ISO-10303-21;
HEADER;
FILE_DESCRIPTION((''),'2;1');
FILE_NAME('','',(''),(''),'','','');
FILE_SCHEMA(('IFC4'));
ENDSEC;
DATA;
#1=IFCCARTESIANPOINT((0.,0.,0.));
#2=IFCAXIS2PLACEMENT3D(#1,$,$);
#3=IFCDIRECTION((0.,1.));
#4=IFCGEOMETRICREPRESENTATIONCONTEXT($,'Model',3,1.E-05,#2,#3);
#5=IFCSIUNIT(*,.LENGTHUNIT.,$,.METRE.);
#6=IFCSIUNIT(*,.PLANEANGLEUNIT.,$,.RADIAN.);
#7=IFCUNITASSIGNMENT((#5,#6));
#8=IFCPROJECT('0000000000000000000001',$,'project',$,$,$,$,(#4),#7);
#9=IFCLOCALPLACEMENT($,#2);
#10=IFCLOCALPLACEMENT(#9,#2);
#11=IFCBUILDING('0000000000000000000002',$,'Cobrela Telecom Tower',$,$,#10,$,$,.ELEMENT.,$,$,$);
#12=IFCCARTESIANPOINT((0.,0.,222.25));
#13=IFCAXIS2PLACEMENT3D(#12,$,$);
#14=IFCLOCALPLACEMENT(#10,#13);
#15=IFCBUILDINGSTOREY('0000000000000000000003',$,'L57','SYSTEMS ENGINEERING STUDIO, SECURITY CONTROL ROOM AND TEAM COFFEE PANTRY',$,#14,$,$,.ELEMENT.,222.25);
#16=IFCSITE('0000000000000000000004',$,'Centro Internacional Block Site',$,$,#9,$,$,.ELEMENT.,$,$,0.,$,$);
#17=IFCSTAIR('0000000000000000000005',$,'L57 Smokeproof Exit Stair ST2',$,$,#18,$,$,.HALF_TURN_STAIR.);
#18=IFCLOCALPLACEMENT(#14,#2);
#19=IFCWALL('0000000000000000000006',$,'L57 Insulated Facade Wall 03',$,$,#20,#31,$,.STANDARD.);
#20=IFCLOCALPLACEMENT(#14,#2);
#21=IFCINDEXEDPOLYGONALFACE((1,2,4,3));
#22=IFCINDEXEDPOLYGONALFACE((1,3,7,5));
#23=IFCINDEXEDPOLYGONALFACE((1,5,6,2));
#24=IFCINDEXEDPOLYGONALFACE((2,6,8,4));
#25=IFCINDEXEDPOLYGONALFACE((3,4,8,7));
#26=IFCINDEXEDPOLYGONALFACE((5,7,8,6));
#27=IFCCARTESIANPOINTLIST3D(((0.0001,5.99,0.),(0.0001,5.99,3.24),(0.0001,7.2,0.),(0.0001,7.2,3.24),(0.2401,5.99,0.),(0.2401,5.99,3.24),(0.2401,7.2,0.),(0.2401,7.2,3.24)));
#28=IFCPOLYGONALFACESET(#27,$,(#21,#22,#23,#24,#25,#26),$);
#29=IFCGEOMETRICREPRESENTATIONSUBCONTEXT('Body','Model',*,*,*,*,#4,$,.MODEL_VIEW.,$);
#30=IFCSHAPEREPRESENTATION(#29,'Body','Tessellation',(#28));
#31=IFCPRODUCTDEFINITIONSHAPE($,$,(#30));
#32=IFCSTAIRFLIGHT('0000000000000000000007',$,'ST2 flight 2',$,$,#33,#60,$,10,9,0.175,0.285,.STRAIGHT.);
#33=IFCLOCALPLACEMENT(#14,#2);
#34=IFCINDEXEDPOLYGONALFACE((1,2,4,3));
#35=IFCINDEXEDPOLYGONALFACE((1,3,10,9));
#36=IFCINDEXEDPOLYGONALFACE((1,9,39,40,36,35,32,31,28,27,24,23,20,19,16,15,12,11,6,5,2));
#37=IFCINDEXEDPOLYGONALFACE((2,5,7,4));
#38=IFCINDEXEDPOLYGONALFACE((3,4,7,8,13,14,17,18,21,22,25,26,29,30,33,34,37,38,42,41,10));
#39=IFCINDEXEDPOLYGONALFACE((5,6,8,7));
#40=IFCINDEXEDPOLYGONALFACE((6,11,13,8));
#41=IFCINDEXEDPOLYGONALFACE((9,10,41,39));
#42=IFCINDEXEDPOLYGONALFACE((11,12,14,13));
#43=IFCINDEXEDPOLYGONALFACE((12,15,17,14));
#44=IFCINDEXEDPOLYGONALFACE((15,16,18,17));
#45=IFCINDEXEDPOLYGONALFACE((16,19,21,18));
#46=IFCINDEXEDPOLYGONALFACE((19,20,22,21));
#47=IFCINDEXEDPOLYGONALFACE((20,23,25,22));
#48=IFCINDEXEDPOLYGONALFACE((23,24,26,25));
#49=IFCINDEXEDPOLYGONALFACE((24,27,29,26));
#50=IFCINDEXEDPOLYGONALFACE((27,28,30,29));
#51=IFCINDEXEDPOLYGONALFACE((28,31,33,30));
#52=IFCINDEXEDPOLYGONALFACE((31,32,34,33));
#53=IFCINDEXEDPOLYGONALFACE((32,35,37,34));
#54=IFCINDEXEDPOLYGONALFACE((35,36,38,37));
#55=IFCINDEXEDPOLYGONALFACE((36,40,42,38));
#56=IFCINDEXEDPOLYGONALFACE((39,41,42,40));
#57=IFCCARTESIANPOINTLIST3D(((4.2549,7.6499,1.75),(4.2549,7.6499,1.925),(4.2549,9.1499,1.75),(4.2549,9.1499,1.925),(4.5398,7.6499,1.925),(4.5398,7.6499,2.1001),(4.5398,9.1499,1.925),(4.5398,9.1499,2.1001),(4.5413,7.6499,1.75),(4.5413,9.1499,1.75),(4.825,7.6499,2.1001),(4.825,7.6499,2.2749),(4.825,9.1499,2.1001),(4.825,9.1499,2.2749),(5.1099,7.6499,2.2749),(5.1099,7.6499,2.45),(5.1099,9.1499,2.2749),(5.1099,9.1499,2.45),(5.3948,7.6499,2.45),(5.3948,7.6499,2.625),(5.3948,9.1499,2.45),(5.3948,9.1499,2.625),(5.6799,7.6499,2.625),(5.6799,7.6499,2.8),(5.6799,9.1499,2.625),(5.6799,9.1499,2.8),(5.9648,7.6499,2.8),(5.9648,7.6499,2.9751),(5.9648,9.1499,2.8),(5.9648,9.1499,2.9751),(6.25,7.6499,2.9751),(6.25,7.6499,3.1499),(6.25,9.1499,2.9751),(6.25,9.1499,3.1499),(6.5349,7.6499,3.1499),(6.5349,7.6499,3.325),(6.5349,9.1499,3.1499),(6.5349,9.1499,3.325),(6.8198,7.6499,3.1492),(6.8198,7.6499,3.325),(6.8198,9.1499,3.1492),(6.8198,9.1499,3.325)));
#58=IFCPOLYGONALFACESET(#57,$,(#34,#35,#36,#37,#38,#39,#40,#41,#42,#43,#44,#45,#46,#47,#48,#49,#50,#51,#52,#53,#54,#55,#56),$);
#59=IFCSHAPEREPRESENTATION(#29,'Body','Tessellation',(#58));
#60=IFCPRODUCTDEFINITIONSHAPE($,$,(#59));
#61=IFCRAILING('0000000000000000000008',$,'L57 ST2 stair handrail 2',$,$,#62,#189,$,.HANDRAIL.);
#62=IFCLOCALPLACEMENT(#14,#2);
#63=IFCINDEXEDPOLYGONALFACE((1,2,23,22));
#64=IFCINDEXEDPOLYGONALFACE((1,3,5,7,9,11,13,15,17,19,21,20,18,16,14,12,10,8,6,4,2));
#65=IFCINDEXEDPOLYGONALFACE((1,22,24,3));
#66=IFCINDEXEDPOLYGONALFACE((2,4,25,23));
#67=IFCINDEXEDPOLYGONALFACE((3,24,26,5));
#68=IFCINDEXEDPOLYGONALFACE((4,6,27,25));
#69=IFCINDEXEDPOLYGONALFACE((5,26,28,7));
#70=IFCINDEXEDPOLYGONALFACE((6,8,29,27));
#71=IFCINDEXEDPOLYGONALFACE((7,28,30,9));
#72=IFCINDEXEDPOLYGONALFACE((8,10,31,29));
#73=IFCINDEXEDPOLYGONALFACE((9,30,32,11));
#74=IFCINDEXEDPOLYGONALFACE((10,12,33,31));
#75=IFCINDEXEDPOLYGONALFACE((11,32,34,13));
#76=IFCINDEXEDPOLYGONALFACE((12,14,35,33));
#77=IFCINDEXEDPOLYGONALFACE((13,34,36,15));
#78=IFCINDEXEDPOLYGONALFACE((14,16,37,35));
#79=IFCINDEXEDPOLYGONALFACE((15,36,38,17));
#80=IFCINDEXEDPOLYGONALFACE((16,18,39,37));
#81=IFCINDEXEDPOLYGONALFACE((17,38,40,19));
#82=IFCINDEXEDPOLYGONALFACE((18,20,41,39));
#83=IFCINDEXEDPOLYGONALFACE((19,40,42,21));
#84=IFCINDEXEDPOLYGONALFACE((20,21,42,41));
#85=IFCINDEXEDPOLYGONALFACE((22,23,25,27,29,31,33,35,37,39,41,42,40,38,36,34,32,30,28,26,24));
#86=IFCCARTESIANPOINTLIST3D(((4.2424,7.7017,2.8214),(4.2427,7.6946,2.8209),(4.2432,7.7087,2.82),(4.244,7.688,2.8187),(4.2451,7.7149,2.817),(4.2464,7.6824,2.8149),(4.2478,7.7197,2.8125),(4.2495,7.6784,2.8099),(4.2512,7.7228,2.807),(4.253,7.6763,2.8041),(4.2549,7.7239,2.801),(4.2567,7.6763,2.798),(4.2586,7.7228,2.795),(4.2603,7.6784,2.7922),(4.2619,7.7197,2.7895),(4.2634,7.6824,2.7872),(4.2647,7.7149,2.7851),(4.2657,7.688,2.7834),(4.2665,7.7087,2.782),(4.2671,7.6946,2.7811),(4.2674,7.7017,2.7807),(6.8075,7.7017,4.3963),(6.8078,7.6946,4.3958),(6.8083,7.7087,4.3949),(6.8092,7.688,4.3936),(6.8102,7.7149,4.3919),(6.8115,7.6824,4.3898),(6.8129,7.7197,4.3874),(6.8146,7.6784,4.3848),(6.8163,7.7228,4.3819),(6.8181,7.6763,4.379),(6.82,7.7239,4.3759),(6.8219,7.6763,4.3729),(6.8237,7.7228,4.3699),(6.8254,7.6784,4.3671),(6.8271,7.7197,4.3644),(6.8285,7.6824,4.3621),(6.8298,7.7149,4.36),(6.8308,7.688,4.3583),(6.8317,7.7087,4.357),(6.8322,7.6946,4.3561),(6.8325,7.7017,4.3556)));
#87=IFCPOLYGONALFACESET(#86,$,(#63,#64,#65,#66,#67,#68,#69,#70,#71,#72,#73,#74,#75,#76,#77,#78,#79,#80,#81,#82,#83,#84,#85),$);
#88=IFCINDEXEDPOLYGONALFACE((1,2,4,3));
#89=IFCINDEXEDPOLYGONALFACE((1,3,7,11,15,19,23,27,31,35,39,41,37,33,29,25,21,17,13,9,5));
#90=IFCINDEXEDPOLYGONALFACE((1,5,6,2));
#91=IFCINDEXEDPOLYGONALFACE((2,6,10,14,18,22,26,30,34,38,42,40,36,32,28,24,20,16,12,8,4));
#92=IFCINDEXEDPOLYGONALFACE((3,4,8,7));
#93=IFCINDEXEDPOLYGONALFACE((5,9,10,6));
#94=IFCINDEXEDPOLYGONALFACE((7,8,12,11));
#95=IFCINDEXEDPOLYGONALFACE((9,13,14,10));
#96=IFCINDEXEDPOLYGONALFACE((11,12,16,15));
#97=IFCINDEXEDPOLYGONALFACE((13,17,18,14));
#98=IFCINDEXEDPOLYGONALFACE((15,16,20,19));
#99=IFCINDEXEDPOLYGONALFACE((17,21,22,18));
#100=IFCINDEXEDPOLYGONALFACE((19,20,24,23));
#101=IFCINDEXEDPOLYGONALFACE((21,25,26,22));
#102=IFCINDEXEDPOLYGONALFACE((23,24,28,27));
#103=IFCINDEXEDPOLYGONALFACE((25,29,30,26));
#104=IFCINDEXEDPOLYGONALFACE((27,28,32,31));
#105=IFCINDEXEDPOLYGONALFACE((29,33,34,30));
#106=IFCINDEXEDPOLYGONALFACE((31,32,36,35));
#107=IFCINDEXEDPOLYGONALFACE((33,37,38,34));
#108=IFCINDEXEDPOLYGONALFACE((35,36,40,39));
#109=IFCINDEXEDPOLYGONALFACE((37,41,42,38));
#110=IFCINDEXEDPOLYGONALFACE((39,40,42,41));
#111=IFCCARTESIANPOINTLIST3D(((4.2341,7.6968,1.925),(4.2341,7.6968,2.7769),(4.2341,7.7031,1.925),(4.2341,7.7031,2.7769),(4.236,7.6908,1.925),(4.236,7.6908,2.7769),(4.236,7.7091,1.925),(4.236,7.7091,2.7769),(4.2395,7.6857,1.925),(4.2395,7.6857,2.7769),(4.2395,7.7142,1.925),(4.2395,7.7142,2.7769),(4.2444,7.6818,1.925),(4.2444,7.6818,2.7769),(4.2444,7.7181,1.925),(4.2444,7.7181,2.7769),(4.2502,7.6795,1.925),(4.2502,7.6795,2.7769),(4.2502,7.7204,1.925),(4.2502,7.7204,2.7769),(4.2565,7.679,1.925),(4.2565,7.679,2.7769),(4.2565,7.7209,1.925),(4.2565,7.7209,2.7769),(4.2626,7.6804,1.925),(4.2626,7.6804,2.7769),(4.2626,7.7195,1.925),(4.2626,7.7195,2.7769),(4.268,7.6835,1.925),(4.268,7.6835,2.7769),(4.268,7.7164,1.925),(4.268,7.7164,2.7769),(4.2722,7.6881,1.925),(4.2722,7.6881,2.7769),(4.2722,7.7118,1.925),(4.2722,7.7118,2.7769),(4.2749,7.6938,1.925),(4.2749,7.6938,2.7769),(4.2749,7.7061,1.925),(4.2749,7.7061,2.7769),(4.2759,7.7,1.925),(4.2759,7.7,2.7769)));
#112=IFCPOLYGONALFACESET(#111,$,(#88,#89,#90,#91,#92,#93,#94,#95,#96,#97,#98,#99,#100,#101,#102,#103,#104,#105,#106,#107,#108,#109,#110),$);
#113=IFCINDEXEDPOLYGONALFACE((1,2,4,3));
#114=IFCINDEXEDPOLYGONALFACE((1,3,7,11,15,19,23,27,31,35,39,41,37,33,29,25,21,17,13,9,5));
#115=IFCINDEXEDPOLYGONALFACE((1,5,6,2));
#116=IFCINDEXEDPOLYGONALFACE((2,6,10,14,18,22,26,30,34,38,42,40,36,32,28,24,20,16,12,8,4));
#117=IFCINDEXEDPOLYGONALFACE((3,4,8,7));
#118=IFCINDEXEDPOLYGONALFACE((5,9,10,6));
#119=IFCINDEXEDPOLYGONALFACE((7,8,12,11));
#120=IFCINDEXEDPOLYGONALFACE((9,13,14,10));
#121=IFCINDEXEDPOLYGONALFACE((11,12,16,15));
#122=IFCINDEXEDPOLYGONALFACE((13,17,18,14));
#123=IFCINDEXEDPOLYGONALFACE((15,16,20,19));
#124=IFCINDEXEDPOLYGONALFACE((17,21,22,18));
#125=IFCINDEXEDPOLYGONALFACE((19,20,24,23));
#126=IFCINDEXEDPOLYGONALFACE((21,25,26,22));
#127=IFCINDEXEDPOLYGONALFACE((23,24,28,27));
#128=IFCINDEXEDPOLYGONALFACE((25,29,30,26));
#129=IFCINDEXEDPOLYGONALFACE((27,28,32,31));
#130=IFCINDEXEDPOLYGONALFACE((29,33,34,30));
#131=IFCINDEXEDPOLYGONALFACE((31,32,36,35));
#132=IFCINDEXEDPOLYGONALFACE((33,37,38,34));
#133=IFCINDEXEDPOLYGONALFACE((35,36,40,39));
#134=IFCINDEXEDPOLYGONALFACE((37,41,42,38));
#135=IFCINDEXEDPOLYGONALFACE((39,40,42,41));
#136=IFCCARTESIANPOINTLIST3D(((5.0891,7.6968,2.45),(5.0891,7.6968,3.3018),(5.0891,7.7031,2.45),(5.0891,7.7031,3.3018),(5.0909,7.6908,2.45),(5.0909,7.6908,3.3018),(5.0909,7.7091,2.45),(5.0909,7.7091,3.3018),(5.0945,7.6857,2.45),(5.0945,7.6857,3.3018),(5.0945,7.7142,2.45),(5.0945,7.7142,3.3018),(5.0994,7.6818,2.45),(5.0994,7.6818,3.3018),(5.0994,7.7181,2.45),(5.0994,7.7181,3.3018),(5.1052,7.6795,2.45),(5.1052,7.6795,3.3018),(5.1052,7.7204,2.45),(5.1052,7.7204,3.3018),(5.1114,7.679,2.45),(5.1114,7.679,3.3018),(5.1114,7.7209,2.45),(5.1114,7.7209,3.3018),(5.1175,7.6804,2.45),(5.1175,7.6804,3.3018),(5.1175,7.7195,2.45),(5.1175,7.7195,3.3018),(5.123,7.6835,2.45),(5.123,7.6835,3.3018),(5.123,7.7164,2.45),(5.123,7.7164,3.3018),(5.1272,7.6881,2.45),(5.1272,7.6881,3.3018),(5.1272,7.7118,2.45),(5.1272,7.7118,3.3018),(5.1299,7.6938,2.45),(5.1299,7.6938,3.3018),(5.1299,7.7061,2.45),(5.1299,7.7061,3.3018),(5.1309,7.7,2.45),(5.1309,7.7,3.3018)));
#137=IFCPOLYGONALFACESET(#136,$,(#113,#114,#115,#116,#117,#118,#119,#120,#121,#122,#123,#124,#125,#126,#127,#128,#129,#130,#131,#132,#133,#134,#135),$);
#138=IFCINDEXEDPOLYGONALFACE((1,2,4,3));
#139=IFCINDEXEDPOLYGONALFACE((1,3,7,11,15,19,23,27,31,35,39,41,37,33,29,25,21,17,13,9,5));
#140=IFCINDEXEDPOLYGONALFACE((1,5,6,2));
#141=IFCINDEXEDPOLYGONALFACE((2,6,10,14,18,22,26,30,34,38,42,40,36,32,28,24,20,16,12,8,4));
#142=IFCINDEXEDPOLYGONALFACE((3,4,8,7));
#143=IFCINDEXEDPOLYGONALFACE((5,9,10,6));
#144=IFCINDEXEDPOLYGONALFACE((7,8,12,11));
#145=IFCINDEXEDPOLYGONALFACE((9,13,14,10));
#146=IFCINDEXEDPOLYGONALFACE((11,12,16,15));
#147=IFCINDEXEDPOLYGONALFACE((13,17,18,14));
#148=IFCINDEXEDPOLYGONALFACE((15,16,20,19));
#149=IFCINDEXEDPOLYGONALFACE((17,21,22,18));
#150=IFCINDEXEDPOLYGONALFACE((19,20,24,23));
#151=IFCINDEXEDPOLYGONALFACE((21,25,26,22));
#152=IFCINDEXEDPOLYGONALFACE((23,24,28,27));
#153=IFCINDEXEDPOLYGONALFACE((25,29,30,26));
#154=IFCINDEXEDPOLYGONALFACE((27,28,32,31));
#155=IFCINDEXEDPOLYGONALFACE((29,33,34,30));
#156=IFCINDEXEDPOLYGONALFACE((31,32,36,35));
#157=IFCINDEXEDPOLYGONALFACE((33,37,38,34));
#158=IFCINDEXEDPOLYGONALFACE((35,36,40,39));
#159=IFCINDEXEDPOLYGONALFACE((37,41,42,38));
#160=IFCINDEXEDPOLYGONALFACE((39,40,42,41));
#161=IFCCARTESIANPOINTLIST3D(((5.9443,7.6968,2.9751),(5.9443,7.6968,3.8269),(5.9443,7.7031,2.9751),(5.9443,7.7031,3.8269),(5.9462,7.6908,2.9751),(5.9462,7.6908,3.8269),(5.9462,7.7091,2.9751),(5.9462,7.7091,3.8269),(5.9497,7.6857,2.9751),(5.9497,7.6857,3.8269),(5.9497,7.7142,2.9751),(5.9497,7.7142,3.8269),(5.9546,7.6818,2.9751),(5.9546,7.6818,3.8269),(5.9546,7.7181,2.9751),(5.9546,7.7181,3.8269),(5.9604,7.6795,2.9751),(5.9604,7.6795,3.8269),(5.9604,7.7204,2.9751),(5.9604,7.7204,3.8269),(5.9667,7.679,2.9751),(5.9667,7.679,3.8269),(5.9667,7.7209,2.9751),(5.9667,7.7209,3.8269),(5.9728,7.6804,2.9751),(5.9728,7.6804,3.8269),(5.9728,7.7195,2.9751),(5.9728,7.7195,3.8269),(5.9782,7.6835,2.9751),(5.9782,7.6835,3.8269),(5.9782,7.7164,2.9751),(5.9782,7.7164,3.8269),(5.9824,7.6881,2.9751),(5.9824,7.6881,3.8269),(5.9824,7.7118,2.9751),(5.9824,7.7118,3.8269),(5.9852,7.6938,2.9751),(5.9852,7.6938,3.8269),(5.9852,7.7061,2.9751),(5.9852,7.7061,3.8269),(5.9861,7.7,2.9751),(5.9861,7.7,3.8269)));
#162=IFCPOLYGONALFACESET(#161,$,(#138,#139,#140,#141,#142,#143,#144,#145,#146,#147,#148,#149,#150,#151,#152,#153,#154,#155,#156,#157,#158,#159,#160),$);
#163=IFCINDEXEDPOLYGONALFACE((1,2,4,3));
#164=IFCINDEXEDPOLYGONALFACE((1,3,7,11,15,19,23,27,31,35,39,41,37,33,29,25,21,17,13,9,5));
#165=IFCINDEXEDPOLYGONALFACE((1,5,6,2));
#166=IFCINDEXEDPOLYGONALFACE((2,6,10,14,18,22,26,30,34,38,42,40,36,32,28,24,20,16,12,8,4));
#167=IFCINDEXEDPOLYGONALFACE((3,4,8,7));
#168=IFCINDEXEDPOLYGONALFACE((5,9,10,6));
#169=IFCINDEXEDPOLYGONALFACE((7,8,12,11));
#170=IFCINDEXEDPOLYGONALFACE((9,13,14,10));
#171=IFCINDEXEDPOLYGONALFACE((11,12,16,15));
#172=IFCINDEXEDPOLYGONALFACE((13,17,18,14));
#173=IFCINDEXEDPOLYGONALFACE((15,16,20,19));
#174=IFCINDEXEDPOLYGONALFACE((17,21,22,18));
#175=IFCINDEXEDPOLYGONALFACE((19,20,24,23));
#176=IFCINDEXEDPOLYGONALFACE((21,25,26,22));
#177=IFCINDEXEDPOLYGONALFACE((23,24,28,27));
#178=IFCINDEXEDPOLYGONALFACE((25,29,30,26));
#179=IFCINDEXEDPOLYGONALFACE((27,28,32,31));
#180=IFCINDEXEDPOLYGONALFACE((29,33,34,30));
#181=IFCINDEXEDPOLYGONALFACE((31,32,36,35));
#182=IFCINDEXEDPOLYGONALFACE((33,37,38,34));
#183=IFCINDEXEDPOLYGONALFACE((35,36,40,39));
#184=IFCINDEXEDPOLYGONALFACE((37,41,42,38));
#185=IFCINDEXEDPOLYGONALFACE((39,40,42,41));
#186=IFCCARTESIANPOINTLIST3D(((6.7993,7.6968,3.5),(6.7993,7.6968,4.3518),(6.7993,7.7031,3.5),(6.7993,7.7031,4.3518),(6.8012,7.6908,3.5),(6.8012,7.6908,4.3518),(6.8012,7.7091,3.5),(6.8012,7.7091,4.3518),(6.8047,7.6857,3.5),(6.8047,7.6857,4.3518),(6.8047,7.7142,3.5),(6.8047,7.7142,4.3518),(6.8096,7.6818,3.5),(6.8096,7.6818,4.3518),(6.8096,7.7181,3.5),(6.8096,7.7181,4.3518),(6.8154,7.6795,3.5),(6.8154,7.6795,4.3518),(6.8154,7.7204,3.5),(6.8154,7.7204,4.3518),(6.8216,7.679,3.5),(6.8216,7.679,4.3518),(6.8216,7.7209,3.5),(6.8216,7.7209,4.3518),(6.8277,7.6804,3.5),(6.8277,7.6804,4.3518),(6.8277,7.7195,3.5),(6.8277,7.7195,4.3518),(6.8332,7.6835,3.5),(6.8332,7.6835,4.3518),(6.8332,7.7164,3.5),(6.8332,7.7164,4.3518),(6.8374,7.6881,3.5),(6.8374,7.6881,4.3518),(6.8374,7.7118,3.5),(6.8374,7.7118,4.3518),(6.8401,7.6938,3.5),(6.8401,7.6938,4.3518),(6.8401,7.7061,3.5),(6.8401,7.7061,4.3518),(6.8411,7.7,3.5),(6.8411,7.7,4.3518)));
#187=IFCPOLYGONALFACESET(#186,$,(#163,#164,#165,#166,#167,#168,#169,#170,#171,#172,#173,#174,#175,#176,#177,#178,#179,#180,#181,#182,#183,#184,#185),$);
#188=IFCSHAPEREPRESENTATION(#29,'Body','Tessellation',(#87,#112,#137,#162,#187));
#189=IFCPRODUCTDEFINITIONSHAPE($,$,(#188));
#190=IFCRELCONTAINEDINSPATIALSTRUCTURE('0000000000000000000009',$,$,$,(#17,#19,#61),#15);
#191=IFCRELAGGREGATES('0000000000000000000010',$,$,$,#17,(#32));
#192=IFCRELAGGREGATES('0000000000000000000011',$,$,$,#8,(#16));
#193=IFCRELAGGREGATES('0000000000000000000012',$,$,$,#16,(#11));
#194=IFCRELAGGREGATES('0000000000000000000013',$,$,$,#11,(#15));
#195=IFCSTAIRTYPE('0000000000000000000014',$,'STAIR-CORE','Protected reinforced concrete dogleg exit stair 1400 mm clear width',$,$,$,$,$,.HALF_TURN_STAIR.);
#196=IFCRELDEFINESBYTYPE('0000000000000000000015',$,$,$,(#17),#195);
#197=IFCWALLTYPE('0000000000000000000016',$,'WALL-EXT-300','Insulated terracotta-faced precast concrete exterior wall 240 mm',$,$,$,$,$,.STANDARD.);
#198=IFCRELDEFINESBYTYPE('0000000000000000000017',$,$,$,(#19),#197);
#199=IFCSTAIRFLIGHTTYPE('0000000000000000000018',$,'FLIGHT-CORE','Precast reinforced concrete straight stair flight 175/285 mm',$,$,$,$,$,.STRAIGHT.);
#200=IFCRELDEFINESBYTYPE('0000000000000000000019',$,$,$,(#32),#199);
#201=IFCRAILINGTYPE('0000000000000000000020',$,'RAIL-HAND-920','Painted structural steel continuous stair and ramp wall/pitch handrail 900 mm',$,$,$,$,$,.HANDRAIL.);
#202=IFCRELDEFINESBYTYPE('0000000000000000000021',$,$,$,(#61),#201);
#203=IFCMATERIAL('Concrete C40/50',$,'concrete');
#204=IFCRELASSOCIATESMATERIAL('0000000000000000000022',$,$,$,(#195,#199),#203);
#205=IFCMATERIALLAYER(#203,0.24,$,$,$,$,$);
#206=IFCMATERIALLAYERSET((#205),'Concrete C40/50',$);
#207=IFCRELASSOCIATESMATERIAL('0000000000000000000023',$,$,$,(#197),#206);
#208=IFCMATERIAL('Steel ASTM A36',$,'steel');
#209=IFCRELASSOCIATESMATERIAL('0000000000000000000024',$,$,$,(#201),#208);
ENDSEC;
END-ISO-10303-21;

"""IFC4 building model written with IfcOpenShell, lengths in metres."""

from ifc_helpers import new_model, si_unit, direction, frame, frame_2d, origin, origin_2d, place, context, subcontext, project, spatial, polyline, rectangle, circle, outline, extrude, material, layer, layer_set, type_object, element, aggregate, save


model = new_model("IFC4")

# Units and contexts
model_context = context("Model", 3, precision=1e-05, world=origin(), true_north=direction((0.0, 1.0)))
body_context = subcontext(model_context, "Body", "Model", "MODEL_VIEW")
ifc_project = project(units=[si_unit("LENGTHUNIT", "METRE"), si_unit("PLANEANGLEUNIT", "RADIAN")], contexts=[model_context])

# Site, building, storey
site_placement = place(None, origin())
site = spatial("IfcSite", under=ifc_project, at=site_placement, Name="Centro Internacional Block Site", CompositionType="ELEMENT", RefElevation=0.0)
building_placement = place(site_placement, origin())
building = spatial("IfcBuilding", under=site, at=building_placement, Name="Cobrela Telecom Tower", CompositionType="ELEMENT")
storey_placement = place(building_placement, frame((0.0, 0.0, 222.25)))
storey = spatial("IfcBuildingStorey", under=building, at=storey_placement, Name="L57", Description="SYSTEMS ENGINEERING STUDIO, SECURITY CONTROL ROOM AND TEAM COFFEE PANTRY", CompositionType="ELEMENT", Elevation=222.25)

# Shared definitions
ifc_material_1 = material(Name="Concrete C40/50", Category="concrete")

# Stair
stair_type = type_object("IfcStairType", Name="STAIR-CORE", Description="Protected reinforced concrete dogleg exit stair 1400 mm clear width", PredefinedType="HALF_TURN_STAIR", material=ifc_material_1)
stair_1_placement = place(storey_placement, origin())
stair_1 = element("IfcStair", 1, at=stair_1_placement, inside=storey, type_object=stair_type, Name="L57 Smokeproof Exit Stair ST2", PredefinedType="HALF_TURN_STAIR")

# Wall
ifc_layer_1 = layer(ifc_material_1, 0.24)
ifc_layer_set_1 = layer_set([ifc_layer_1], Name="Concrete C40/50")
wall_type_1 = type_object("IfcWallType", Name="WALL-EXT-300", Description="Insulated terracotta-faced precast concrete exterior wall 240 mm", PredefinedType="STANDARD", material=ifc_layer_set_1)
wall_1_placement = place(storey_placement, frame((0.1201, 5.99, 0.0), z_axis=(0.0, 0.0, 1.0), x_axis=(0.0, 1.0, 0.0)))
element("IfcWall", 2, at=wall_1_placement, inside=storey, type_object=wall_type_1, Name="L57 Insulated Facade Wall 03", PredefinedType="STANDARD", context=body_context, shape_type="SweptSolid", body=[
    extrude(rectangle(XDim=1.21, YDim=0.24, at=frame_2d((0.605, 0.0))), origin(), (0.0, 0.0, 1.0), 3.24),
])

# Stair flight
stair_flight_type = type_object("IfcStairFlightType", Name="FLIGHT-CORE", Description="Precast reinforced concrete straight stair flight 175/285 mm", PredefinedType="STRAIGHT", material=ifc_material_1)
stair_flight_placement = place(storey_placement, frame((4.2549, 8.3999, 1.75), z_axis=(0.0, 0.0, 1.0), x_axis=(1.0, 0.0, 0.0)))
stair_flight = element("IfcStairFlight", 3, at=stair_flight_placement, type_object=stair_flight_type, Name="ST2 flight 2", NumberOfRisers=10, NumberOfTreads=9, PredefinedType="STRAIGHT", RiserHeight=0.175, TreadLength=0.285, context=body_context, shape_type="SweptSolid", body=[
    extrude(outline(polyline([(0.0, 0.0), (0.0, 0.175), (0.2849, 0.175), (0.2849, 0.3501), (0.5701, 0.3501), (0.5701, 0.5249), (0.855, 0.5249), (0.855, 0.7), (1.1399, 0.7), (1.1399, 0.875), (1.425, 0.875), (1.425, 1.05), (1.71, 1.05), (1.71, 1.2251), (1.9951, 1.2251), (1.9951, 1.3999), (2.28, 1.3999), (2.28, 1.575), (2.5649, 1.575), (2.5649, 1.75), (2.5649, 1.3992), (0.2864, 0.0), (0.0, 0.0)])), frame((0.0, 0.75, 0.0), z_axis=(0.0, -1.0, 0.0), x_axis=(1.0, 0.0, 0.0)), (0.0, 0.0, 1.0), 1.5),
])
aggregate(stair_1, [stair_flight])

# Railing
ifc_material_2 = material(Name="Steel ASTM A36", Category="steel")
railing_type = type_object("IfcRailingType", Name="RAIL-HAND-920", Description="Painted structural steel continuous stair and ramp wall/pitch handrail 900 mm", PredefinedType="HANDRAIL", material=ifc_material_2)
railing_placement = place(storey_placement, frame((4.2549, 7.7, 1.925)))
element("IfcRailing", 4, at=railing_placement, inside=storey, type_object=railing_type, Name="L57 ST2 stair handrail 2", PredefinedType="HANDRAIL", context=body_context, shape_type="SweptSolid", body=[
    extrude(circle(Radius=0.0239, at=origin_2d()), frame((0.0, 0.0, 0.876), z_axis=(0.852195, 0.0, 0.523224), x_axis=(0.0, 1.0, 0.0)), (0.0, 0.0, 1.0), 3.01),
    extrude(circle(Radius=0.021, at=origin_2d()), origin(), (0.0, 0.0, 1.0), 0.8518),
    extrude(circle(Radius=0.021, at=origin_2d()), frame((0.855, 0.0, 0.5249)), (0.0, 0.0, 1.0), 0.8518),
    extrude(circle(Radius=0.021, at=origin_2d()), frame((1.7102, 0.0, 1.05)), (0.0, 0.0, 1.0), 0.8518),
    extrude(circle(Radius=0.021, at=origin_2d()), frame((2.5652, 0.0, 1.575)), (0.0, 0.0, 1.0), 0.8518),
])

save(model, "model.ifc")
